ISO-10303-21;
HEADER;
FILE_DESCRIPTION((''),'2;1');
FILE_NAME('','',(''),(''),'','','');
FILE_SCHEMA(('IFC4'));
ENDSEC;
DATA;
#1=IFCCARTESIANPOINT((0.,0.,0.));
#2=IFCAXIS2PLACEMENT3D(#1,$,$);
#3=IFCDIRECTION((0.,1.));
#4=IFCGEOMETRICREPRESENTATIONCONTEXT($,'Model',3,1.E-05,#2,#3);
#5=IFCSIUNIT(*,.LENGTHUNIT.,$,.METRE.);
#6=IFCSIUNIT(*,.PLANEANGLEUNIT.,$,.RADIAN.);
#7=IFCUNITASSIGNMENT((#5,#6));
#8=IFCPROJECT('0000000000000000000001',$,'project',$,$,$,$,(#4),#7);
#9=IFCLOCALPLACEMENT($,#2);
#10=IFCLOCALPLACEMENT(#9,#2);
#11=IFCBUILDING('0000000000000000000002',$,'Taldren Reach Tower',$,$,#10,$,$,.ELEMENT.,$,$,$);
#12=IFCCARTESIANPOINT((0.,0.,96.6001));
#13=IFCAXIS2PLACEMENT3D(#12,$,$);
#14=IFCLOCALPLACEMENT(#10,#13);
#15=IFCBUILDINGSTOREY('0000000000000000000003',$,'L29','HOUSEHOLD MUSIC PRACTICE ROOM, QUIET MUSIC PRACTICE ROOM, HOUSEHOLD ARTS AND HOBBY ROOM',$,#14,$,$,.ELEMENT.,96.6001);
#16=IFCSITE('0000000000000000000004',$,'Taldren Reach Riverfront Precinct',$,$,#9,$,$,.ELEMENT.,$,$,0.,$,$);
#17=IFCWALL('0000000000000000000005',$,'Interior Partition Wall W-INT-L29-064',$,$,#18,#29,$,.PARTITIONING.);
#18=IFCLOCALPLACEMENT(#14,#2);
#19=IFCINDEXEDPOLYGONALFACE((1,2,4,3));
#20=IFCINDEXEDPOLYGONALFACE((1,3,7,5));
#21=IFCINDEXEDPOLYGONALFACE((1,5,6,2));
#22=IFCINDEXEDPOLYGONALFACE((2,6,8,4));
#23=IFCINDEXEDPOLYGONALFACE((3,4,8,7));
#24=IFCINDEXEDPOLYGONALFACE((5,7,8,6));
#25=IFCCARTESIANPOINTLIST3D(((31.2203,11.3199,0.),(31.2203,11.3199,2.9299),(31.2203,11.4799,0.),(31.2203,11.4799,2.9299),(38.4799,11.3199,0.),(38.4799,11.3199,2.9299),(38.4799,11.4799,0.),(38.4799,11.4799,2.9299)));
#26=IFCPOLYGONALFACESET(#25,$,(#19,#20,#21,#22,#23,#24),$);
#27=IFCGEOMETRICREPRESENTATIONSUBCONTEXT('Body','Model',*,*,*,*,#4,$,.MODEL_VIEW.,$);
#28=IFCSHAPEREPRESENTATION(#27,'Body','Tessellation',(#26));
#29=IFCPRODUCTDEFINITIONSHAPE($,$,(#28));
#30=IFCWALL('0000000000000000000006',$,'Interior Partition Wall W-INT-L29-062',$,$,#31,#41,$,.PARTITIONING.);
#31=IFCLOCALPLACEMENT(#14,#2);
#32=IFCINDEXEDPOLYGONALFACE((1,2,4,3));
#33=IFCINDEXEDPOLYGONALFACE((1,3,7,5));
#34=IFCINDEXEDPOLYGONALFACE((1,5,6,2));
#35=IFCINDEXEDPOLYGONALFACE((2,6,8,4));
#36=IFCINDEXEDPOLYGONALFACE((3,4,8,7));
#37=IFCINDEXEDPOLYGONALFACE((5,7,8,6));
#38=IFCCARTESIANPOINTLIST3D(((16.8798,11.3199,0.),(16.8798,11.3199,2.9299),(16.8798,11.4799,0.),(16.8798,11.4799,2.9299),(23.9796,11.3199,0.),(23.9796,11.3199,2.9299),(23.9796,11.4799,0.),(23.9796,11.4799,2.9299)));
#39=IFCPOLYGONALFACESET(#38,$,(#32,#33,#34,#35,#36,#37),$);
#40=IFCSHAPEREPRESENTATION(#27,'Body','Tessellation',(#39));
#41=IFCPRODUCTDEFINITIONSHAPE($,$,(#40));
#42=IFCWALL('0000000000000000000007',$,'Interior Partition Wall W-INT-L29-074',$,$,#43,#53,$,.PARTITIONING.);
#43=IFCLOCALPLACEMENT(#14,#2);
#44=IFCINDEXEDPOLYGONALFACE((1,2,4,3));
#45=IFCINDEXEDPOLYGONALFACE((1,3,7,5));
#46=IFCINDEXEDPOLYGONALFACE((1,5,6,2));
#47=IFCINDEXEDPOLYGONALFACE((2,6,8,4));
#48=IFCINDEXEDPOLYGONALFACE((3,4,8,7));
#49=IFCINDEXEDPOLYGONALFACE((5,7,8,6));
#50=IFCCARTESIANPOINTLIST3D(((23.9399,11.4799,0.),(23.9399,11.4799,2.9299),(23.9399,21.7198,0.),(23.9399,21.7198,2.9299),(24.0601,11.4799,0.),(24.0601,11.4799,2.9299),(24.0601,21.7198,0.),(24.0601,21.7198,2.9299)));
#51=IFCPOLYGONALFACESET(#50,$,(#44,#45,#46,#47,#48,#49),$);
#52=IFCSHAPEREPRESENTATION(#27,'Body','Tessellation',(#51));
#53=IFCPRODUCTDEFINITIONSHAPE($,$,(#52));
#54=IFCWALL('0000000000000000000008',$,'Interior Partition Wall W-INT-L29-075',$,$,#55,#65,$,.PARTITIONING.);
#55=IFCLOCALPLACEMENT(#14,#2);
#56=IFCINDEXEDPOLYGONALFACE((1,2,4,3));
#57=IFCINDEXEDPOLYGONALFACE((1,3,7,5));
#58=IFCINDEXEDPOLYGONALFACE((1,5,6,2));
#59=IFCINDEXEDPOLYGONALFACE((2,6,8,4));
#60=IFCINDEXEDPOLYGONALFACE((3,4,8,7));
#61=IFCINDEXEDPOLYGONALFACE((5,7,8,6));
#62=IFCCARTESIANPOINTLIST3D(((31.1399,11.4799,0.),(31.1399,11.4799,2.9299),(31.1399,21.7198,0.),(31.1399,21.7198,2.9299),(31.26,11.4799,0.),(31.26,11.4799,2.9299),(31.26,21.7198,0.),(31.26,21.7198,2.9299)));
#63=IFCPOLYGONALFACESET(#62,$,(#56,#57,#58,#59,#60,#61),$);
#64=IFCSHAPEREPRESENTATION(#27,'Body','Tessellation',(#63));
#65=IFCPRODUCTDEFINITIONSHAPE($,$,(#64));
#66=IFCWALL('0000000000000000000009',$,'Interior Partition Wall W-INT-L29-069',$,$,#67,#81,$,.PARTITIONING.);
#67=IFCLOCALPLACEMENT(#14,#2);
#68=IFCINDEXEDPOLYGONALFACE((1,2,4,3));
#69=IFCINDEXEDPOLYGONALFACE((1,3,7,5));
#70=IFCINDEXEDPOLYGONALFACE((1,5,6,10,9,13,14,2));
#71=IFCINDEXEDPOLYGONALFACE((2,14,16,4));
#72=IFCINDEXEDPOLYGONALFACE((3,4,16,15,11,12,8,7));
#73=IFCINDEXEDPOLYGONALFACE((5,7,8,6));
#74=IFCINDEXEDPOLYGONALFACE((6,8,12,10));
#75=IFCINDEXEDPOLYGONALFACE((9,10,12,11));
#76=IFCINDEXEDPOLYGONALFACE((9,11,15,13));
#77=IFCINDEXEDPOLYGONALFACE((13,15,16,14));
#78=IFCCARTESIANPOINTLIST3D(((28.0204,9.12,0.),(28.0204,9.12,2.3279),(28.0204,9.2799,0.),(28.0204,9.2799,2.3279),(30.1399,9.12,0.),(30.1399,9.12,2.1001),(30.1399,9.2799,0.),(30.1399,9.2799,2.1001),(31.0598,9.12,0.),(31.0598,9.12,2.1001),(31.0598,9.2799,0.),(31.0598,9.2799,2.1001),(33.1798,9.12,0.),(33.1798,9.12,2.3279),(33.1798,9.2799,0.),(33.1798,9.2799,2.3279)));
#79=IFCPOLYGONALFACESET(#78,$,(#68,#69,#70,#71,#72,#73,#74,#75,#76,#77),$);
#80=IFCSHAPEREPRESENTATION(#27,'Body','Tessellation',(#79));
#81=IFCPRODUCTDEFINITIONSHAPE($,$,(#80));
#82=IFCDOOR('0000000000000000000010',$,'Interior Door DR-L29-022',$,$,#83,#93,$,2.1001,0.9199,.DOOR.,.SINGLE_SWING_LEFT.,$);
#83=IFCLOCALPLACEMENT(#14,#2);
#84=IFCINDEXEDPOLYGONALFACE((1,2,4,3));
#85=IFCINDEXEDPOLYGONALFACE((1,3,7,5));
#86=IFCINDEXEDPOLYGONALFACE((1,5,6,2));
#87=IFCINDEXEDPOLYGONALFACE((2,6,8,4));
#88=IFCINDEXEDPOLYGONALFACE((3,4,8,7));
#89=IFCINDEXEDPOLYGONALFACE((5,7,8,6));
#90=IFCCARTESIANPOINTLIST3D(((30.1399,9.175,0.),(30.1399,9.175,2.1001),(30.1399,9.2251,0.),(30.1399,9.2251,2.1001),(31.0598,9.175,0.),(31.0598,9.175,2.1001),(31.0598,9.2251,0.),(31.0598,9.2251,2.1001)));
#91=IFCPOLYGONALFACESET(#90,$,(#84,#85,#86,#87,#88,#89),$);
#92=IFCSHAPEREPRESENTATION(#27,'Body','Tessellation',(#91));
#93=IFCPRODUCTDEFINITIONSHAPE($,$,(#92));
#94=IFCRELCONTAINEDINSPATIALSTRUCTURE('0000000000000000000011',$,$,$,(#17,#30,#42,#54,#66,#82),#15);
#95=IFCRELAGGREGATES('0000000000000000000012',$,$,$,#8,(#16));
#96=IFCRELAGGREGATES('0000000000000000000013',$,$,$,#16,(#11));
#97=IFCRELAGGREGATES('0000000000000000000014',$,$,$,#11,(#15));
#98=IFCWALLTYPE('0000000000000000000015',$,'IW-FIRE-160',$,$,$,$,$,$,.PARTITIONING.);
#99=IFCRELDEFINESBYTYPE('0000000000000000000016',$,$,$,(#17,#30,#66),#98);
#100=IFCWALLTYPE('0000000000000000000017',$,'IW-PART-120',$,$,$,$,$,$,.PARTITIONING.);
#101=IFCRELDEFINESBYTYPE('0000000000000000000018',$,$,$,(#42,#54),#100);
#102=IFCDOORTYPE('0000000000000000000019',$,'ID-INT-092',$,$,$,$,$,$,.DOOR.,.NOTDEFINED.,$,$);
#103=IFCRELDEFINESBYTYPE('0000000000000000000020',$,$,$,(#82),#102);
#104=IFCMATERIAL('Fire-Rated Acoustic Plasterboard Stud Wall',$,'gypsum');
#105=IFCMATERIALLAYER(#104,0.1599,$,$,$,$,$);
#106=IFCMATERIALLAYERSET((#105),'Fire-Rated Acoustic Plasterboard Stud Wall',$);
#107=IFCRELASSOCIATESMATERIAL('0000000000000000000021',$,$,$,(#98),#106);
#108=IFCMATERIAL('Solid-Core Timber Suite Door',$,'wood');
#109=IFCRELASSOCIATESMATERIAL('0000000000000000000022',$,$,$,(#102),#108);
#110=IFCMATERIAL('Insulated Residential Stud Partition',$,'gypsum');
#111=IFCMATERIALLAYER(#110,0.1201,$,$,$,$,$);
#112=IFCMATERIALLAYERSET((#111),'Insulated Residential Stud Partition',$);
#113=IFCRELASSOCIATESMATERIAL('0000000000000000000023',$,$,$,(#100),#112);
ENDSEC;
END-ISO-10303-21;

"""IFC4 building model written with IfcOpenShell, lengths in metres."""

from ifc_helpers import new_model, si_unit, direction, frame, frame_2d, origin, place, context, subcontext, project, spatial, rectangle, extrude, source, transform, mapped, material, layer, layer_set, type_object, element, fill, save


model = new_model("IFC4")

# Units and contexts
model_context = context("Model", 3, precision=1e-05, world=origin(), true_north=direction((0.0, 1.0)))
body_context = subcontext(model_context, "Body", "Model", "MODEL_VIEW")
ifc_project = project(units=[si_unit("LENGTHUNIT", "METRE"), si_unit("PLANEANGLEUNIT", "RADIAN")], contexts=[model_context])

# Site, building, storey
site_placement = place(None, origin())
site = spatial("IfcSite", under=ifc_project, at=site_placement, Name="Taldren Reach Riverfront Precinct", CompositionType="ELEMENT", RefElevation=0.0)
building_placement = place(site_placement, origin())
building = spatial("IfcBuilding", under=site, at=building_placement, Name="Taldren Reach Tower", CompositionType="ELEMENT")
storey_placement = place(building_placement, frame((0.0, 0.0, 96.6001)))
storey = spatial("IfcBuildingStorey", under=building, at=storey_placement, Name="L29", Description="HOUSEHOLD MUSIC PRACTICE ROOM, QUIET MUSIC PRACTICE ROOM, HOUSEHOLD ARTS AND HOBBY ROOM", CompositionType="ELEMENT", Elevation=96.6001)

# Shared definitions
ifc_material_1 = material(Name="Fire-Rated Acoustic Plasterboard Stud Wall", Category="gypsum")
ifc_layer_1 = layer(ifc_material_1, 0.1599)
ifc_layer_set_1 = layer_set([ifc_layer_1], Name="Fire-Rated Acoustic Plasterboard Stud Wall")
wall_type_1 = type_object("IfcWallType", Name="IW-FIRE-160", PredefinedType="PARTITIONING", material=ifc_layer_set_1)
shared_shape_1 = source(origin(), body_context, "Body", "SweptSolid", [
    extrude(rectangle(XDim=0.9199, YDim=2.1001, at=frame_2d((0.46, 1.05))), frame((0.0, 0.0898, 0.0), z_axis=(0.0, -1.0, 0.0), x_axis=(1.0, 0.0, 0.0)), (0.0, 0.0, 1.0), 0.1799),
])
ifc_material_2 = material(Name="Solid-Core Timber Suite Door", Category="wood")
door_type_1 = type_object("IfcDoorType", Name="ID-INT-092", OperationType="NOTDEFINED", PredefinedType="DOOR", material=ifc_material_2)
shared_shape_2 = source(origin(), body_context, "Body", "SweptSolid", [
    extrude(rectangle(XDim=0.9199, YDim=2.1001, at=frame_2d((0.46, 1.05))), frame((0.0, 0.0249, 0.0), z_axis=(0.0, -1.0, 0.0), x_axis=(1.0, 0.0, 0.0)), (0.0, 0.0, 1.0), 0.05),
])

# Walls
shared_shape_3 = source(origin(), body_context, "Body", "SweptSolid", [
    extrude(rectangle(XDim=7.2595, YDim=0.1599, at=frame_2d((3.6299, 0.0))), origin(), (0.0, 0.0, 1.0), 2.9299),
])
wall_1_placement = place(storey_placement, frame((31.2202, 11.3999, 0.0), z_axis=(0.0, 0.0, 1.0), x_axis=(1.0, 0.0, 0.0)))
element("IfcWall", 1, at=wall_1_placement, inside=storey, type_object=wall_type_1, Name="Interior Partition Wall W-INT-L29-064", PredefinedType="PARTITIONING", context=body_context, shape_type="MappedRepresentation", body=[
    mapped(shared_shape_3, transform((0.0, 0.0, 0.0), scale=1.0)),
])
shared_shape_4 = source(origin(), body_context, "Body", "SweptSolid", [
    extrude(rectangle(XDim=7.0999, YDim=0.1599, at=frame_2d((3.5498, 0.0))), origin(), (0.0, 0.0, 1.0), 2.9299),
])
wall_2_placement = place(storey_placement, frame((16.8799, 11.3999, 0.0), z_axis=(0.0, 0.0, 1.0), x_axis=(1.0, 0.0, 0.0)))
element("IfcWall", 2, at=wall_2_placement, inside=storey, type_object=wall_type_1, Name="Interior Partition Wall W-INT-L29-062", PredefinedType="PARTITIONING", context=body_context, shape_type="MappedRepresentation", body=[
    mapped(shared_shape_4, transform((0.0, 0.0, 0.0), scale=1.0)),
])
ifc_material_3 = material(Name="Insulated Residential Stud Partition", Category="gypsum")
ifc_layer_2 = layer(ifc_material_3, 0.1201)
ifc_layer_set_2 = layer_set([ifc_layer_2], Name="Insulated Residential Stud Partition")
wall_type_2 = type_object("IfcWallType", Name="IW-PART-120", PredefinedType="PARTITIONING", material=ifc_layer_set_2)
shared_shape_5 = source(origin(), body_context, "Body", "SweptSolid", [
    extrude(rectangle(XDim=10.24, YDim=0.1201, at=frame_2d((5.1201, 0.0))), origin(), (0.0, 0.0, 1.0), 2.9299),
])
for number, where, z_axis, x_axis, name in (
    (3, (24.0, 21.72, 0.0), (0.0, 0.0, 1.0), (0.0, -1.0, 0.0), "Interior Partition Wall W-INT-L29-074"),
    (4, (31.2, 21.72, 0.0), (0.0, 0.0, 1.0), (0.0, -1.0, 0.0), "Interior Partition Wall W-INT-L29-075"),
):
    element("IfcWall", number, at=place(storey_placement, frame(where, z_axis=z_axis, x_axis=x_axis)), inside=storey, type_object=wall_type_2, Name=name, PredefinedType="PARTITIONING", context=body_context, shape_type="MappedRepresentation", body=[
        mapped(shared_shape_5, transform((0.0, 0.0, 0.0), scale=1.0)),
    ])

# Wall, opening, door
shared_shape_6 = source(origin(), body_context, "Body", "SweptSolid", [
    extrude(rectangle(XDim=5.1594, YDim=0.1599, at=frame_2d((2.5796, 0.0))), origin(), (0.0, 0.0, 1.0), 2.3279),
])
wall_3_placement = place(storey_placement, frame((33.1797, 9.2, 0.0), z_axis=(0.0, 0.0, 1.0), x_axis=(-1.0, 0.0, 0.0)))
wall_3 = element("IfcWall", 5, at=wall_3_placement, inside=storey, type_object=wall_type_1, Name="Interior Partition Wall W-INT-L29-069", PredefinedType="PARTITIONING", context=body_context, shape_type="MappedRepresentation", body=[
    mapped(shared_shape_6, transform((0.0, 0.0, 0.0), scale=1.0)),
])
opening_1_placement = place(wall_3_placement, frame((2.1199, 0.0, 0.0)))
opening_1 = element("IfcOpeningElement", 6, at=opening_1_placement, cuts=wall_3, PredefinedType="OPENING", context=body_context, shape_type="MappedRepresentation", body=[
    mapped(shared_shape_1, transform((0.0, 0.0, 0.0), scale=1.0)),
])
door_1_placement = place(opening_1_placement, origin())
door_1 = element("IfcDoor", 7, at=door_1_placement, inside=storey, type_object=door_type_1, Name="Interior Door DR-L29-022", OperationType="SINGLE_SWING_LEFT", OverallHeight=2.1001, OverallWidth=0.9199, PredefinedType="DOOR", context=body_context, shape_type="MappedRepresentation", body=[
    mapped(shared_shape_2, transform((0.0, 0.0, 0.0), scale=1.0)),
])
fill(opening_1, door_1)

save(model, "model.ifc")
